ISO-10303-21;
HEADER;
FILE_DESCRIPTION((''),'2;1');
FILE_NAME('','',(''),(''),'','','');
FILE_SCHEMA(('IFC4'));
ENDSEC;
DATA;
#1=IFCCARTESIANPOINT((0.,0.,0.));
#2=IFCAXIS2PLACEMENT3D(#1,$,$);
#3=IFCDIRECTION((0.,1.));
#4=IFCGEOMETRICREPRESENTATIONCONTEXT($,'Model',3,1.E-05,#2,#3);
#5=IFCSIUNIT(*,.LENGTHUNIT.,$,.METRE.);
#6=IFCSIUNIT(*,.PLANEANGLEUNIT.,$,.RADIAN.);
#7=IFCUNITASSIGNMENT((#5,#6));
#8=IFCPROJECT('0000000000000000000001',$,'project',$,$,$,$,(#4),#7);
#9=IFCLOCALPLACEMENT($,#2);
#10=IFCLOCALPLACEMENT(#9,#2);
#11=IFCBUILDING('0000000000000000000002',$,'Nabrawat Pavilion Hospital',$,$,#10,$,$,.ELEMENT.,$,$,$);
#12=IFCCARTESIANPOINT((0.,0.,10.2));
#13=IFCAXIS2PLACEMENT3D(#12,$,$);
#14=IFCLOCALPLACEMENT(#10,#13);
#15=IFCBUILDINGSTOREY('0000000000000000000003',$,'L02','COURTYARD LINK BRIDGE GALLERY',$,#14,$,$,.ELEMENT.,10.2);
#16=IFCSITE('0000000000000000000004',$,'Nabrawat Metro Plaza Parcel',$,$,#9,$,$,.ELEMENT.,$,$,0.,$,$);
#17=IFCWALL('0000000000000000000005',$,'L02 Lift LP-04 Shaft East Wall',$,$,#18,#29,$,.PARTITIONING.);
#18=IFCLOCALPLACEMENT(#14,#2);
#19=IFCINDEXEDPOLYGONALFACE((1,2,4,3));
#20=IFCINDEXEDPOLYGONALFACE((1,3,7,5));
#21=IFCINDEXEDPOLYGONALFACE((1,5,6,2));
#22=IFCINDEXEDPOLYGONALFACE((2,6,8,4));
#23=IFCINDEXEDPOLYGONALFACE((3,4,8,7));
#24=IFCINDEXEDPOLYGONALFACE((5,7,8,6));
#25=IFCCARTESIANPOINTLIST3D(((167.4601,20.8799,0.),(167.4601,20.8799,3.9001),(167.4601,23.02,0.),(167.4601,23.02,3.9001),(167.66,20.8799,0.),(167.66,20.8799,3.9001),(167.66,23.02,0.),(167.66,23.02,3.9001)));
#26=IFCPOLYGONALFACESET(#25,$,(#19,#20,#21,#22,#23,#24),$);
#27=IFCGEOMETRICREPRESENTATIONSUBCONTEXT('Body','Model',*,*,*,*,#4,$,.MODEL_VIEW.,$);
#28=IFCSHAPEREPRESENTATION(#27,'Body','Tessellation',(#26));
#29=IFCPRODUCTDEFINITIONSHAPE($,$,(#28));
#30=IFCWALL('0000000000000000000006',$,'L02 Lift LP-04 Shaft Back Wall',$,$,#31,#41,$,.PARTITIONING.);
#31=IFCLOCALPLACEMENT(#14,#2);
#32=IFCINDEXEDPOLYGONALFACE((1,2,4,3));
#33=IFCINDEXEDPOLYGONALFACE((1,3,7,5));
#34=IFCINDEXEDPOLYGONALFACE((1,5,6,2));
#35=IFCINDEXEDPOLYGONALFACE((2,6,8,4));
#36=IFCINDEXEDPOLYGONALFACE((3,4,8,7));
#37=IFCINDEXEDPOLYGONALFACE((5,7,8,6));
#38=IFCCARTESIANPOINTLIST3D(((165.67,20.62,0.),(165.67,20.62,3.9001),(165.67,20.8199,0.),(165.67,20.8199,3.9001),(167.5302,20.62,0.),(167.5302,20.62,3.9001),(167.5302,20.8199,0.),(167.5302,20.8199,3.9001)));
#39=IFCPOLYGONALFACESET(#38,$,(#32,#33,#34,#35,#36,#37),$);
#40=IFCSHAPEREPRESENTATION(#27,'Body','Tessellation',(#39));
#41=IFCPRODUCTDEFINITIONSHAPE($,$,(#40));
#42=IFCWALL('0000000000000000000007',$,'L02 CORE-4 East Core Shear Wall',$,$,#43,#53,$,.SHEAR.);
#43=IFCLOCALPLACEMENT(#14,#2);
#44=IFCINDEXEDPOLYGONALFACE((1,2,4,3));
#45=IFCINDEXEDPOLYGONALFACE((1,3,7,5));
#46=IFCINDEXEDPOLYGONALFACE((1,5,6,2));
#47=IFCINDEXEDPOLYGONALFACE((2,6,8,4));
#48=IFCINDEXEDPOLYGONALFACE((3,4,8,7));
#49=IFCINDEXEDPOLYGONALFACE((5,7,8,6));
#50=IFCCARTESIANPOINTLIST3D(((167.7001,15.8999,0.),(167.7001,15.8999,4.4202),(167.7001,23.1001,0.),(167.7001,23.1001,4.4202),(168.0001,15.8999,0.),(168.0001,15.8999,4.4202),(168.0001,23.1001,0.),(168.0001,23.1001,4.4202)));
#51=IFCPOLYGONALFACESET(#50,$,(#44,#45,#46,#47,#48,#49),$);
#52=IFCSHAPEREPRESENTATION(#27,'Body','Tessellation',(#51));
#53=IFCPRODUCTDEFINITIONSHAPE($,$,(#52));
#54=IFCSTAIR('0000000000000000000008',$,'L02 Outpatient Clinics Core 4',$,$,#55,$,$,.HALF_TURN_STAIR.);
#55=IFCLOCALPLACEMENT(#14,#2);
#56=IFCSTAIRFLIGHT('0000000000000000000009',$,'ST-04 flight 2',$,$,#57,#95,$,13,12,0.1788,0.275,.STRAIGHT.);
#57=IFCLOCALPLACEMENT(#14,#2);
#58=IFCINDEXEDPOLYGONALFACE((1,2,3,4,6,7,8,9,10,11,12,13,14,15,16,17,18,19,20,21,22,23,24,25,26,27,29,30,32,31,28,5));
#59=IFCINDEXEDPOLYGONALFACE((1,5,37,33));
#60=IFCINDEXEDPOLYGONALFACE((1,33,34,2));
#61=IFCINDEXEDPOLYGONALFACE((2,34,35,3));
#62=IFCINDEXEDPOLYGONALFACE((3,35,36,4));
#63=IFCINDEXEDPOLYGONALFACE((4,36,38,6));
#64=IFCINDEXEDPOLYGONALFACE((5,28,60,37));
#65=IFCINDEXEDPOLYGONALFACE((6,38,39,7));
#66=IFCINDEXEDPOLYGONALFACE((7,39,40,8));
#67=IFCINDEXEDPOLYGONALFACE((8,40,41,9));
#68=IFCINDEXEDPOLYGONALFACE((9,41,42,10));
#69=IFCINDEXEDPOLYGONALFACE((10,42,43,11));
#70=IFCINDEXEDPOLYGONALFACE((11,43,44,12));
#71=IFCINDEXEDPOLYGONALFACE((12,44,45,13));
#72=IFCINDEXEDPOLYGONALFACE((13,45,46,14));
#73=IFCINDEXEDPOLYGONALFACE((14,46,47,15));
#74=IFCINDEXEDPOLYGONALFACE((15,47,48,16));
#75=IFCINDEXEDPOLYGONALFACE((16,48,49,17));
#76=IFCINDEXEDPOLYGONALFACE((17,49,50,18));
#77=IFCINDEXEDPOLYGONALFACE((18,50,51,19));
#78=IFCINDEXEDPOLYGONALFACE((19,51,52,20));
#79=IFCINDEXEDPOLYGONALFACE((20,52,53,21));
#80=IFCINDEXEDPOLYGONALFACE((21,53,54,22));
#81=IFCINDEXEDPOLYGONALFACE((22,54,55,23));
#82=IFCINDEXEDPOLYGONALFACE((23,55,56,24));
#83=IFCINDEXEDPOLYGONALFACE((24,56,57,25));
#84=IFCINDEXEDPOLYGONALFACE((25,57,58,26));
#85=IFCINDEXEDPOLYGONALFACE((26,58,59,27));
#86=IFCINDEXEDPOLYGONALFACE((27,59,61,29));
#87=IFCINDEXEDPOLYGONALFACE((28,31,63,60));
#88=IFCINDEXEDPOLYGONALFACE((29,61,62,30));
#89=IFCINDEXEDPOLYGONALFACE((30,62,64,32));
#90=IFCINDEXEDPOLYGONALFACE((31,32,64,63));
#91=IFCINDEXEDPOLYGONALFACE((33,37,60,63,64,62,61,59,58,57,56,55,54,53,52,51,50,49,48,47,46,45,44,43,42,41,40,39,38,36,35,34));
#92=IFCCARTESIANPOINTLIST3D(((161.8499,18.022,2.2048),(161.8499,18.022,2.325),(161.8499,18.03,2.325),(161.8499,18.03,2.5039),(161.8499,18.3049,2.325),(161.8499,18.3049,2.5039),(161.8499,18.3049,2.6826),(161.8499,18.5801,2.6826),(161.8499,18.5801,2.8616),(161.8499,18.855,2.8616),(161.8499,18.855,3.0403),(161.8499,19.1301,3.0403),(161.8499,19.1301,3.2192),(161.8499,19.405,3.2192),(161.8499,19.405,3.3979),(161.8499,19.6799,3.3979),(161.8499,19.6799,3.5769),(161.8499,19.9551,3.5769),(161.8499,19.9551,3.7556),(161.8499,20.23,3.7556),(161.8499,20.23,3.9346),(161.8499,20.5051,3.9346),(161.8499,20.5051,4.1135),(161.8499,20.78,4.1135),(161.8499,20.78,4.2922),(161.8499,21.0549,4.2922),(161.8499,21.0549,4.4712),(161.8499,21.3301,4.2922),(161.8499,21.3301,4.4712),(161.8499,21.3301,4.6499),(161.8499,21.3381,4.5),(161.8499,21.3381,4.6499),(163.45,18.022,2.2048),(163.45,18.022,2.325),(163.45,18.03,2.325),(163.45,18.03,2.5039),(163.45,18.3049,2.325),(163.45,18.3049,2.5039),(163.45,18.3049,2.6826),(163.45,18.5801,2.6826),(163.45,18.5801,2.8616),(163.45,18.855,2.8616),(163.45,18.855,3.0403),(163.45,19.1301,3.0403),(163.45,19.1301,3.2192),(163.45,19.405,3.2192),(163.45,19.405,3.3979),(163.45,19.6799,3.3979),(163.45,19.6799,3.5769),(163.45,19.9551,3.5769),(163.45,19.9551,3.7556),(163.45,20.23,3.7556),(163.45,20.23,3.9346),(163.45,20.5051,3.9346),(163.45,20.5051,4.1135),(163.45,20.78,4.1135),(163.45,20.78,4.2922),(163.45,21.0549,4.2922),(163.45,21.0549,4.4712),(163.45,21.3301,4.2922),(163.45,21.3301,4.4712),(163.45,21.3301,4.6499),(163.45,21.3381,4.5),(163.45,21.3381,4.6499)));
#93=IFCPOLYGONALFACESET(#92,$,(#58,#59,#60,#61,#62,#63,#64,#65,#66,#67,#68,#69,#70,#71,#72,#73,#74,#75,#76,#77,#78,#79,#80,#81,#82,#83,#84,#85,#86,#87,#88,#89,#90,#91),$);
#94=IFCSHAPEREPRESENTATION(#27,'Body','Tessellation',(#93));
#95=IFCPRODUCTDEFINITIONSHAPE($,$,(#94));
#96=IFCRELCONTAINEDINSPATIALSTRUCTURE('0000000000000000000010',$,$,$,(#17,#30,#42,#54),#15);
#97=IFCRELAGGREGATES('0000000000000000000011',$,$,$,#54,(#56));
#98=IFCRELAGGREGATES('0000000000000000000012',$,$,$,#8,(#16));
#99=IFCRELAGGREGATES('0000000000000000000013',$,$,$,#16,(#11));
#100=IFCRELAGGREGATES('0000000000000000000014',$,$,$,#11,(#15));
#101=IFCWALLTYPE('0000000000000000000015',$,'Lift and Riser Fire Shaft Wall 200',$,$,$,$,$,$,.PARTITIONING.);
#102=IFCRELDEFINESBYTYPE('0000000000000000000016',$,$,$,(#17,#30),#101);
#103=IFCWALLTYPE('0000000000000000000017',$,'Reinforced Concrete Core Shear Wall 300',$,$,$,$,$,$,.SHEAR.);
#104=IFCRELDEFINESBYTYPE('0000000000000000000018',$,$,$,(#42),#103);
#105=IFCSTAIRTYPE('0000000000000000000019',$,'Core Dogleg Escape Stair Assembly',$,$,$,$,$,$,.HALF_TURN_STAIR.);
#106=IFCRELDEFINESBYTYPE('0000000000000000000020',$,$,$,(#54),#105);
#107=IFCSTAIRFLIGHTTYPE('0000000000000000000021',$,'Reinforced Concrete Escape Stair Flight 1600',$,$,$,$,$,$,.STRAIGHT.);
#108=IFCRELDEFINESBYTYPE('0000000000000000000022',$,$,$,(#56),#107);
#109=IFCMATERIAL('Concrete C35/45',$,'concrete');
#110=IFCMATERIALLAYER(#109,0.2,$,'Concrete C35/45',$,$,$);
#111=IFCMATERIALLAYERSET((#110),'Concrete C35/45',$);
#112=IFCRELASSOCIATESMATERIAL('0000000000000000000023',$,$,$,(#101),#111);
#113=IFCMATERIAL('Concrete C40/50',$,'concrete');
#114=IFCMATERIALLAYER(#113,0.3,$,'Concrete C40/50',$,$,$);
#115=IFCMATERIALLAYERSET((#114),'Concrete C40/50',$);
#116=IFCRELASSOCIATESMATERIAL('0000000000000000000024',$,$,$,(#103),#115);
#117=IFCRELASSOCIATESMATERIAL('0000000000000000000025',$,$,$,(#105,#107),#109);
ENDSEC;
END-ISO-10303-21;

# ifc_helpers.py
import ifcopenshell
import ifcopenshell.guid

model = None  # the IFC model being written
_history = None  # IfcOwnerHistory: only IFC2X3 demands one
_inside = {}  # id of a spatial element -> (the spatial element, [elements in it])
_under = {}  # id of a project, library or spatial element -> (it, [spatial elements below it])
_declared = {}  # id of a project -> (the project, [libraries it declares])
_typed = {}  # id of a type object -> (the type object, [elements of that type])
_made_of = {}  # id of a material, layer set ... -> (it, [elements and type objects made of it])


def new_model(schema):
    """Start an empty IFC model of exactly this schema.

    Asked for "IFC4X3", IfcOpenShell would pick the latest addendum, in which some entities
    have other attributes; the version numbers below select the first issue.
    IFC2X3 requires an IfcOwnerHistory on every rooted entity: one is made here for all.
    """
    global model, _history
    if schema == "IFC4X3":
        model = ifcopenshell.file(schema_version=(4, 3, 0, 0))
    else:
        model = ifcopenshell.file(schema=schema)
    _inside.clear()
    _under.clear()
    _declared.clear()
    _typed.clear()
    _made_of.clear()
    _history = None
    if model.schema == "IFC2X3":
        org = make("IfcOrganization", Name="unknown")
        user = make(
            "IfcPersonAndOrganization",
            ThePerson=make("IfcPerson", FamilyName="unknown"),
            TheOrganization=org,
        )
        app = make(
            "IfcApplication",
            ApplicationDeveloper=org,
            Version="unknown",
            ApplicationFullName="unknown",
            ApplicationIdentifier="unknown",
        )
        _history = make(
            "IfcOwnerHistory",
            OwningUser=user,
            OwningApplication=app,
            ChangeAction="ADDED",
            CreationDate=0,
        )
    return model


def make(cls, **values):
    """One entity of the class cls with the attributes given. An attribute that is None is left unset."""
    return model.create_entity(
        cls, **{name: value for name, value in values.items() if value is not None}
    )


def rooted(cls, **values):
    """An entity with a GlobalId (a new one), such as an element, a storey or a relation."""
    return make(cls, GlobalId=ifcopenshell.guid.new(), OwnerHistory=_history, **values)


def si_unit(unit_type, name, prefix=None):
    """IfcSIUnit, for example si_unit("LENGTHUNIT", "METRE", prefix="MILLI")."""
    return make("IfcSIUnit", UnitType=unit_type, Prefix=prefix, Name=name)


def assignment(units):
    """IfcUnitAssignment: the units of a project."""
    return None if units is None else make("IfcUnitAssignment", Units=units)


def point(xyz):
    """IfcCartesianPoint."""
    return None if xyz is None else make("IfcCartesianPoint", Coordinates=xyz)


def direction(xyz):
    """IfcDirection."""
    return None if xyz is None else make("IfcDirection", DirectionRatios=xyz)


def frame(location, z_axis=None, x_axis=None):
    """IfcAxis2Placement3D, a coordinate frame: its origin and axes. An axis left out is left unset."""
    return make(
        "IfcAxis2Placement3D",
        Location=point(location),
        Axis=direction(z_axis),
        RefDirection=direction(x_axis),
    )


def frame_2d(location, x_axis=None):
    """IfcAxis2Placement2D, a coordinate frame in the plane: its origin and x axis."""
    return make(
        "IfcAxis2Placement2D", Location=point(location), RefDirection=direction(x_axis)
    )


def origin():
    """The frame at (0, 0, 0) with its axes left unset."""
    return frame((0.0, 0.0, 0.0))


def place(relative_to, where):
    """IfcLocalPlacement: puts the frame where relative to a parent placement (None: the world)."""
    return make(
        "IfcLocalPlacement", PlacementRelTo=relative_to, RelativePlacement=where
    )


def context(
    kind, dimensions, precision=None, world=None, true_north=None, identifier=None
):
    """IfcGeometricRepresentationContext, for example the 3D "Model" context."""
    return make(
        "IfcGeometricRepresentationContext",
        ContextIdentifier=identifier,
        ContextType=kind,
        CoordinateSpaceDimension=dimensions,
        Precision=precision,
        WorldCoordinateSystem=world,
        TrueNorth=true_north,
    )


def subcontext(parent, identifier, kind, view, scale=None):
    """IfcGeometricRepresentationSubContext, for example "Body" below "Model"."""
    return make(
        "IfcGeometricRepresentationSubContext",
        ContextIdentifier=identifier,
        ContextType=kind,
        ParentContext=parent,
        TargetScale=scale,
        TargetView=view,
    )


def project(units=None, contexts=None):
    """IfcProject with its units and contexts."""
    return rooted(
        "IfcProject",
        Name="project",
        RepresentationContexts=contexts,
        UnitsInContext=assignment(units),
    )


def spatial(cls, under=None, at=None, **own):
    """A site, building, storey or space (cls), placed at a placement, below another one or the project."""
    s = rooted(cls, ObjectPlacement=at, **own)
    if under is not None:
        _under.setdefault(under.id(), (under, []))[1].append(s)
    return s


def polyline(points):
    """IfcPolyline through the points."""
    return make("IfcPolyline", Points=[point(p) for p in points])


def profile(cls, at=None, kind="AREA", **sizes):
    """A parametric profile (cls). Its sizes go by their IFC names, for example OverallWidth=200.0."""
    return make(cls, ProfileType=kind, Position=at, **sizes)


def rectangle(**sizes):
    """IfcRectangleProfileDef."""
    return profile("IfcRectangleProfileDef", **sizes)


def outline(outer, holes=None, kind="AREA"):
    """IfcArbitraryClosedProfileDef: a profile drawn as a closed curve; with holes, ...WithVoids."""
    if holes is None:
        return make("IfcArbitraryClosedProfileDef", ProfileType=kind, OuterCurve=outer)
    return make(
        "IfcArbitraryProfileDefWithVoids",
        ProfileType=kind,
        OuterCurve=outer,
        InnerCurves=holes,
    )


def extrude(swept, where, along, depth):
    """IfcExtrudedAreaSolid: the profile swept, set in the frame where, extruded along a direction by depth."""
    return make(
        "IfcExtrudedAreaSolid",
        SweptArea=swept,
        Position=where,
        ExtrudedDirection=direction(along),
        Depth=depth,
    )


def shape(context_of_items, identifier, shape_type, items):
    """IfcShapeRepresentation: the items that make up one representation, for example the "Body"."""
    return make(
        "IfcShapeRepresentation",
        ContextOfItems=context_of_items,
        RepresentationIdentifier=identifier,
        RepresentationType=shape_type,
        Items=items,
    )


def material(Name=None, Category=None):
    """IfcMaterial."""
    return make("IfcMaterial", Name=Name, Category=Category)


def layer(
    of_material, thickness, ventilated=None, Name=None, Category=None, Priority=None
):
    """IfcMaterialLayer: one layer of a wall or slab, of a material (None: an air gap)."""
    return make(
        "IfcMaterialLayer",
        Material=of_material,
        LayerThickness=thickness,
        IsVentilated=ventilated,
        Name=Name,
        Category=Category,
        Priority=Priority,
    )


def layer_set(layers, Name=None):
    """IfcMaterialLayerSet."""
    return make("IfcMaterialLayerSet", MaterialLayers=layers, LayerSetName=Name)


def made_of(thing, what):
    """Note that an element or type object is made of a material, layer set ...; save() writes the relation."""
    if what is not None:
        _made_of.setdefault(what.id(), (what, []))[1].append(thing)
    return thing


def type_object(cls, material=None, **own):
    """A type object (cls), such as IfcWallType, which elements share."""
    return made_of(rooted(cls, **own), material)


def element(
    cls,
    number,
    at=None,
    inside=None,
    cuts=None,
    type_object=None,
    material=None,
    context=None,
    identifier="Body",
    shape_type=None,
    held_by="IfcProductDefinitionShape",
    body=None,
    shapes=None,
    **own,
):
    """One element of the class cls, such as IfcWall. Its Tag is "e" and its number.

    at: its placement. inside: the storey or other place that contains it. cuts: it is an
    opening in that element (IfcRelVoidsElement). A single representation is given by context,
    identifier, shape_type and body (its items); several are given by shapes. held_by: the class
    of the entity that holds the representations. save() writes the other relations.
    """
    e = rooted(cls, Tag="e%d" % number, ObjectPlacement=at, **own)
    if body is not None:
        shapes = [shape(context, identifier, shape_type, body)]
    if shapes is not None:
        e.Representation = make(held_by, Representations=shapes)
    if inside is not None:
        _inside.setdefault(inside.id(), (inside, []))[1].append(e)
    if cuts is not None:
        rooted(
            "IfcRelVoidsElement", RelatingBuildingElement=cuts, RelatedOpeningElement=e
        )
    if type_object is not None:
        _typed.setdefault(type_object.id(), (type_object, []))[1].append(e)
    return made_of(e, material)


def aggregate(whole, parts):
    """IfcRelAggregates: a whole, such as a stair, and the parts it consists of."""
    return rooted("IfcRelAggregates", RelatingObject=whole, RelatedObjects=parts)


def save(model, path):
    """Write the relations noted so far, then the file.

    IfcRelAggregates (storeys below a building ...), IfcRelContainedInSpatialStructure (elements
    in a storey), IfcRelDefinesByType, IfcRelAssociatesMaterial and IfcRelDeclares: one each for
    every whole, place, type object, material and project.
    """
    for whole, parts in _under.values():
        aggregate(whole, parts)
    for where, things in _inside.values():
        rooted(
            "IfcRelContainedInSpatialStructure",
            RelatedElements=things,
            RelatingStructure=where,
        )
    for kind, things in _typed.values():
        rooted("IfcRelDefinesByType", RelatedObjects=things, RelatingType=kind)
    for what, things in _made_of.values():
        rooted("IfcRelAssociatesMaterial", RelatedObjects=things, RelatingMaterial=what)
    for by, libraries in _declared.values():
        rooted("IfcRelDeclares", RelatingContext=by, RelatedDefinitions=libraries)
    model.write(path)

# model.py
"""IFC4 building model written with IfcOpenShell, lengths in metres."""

from ifc_helpers import new_model, si_unit, direction, frame, frame_2d, origin, place, context, subcontext, project, spatial, polyline, rectangle, outline, extrude, material, layer, layer_set, type_object, element, aggregate, save


model = new_model("IFC4")

# Units and contexts
model_context = context("Model", 3, precision=1e-05, world=origin(), true_north=direction((0.0, 1.0)))
body_context = subcontext(model_context, "Body", "Model", "MODEL_VIEW")
ifc_project = project(units=[si_unit("LENGTHUNIT", "METRE"), si_unit("PLANEANGLEUNIT", "RADIAN")], contexts=[model_context])

# Site, building, storey
site_placement = place(None, origin())
site = spatial("IfcSite", under=ifc_project, at=site_placement, Name="Nabrawat Metro Plaza Parcel", CompositionType="ELEMENT", RefElevation=0.0)
building_placement = place(site_placement, origin())
building = spatial("IfcBuilding", under=site, at=building_placement, Name="Nabrawat Pavilion Hospital", CompositionType="ELEMENT")
storey_placement = place(building_placement, frame((0.0, 0.0, 10.2)))
storey = spatial("IfcBuildingStorey", under=building, at=storey_placement, Name="L02", Description="COURTYARD LINK BRIDGE GALLERY", CompositionType="ELEMENT", Elevation=10.2)

# Walls
ifc_material_1 = material(Name="Concrete C35/45", Category="concrete")
ifc_layer_1 = layer(ifc_material_1, 0.2, Name="Concrete C35/45")
ifc_layer_set_1 = layer_set([ifc_layer_1], Name="Concrete C35/45")
wall_type_1 = type_object("IfcWallType", Name="Lift and Riser Fire Shaft Wall 200", PredefinedType="PARTITIONING", material=ifc_layer_set_1)
wall_1_placement = place(storey_placement, frame((167.5601, 20.8799, 0.0), z_axis=(0.0, 0.0, 1.0), x_axis=(0.0, 1.0, 0.0)))
element("IfcWall", 1, at=wall_1_placement, inside=storey, type_object=wall_type_1, Name="L02 Lift LP-04 Shaft East Wall", PredefinedType="PARTITIONING", context=body_context, shape_type="SweptSolid", body=[
    extrude(rectangle(XDim=2.1401, YDim=0.2, at=frame_2d((1.0701, 0.0))), origin(), (0.0, 0.0, 1.0), 3.9001),
])
wall_2_placement = place(storey_placement, frame((165.6699, 20.72, 0.0), z_axis=(0.0, 0.0, 1.0), x_axis=(1.0, 0.0, 0.0)))
element("IfcWall", 2, at=wall_2_placement, inside=storey, type_object=wall_type_1, Name="L02 Lift LP-04 Shaft Back Wall", PredefinedType="PARTITIONING", context=body_context, shape_type="SweptSolid", body=[
    extrude(rectangle(XDim=1.8601, YDim=0.2, at=frame_2d((0.9302, 0.0))), origin(), (0.0, 0.0, 1.0), 3.9001),
])
ifc_material_2 = material(Name="Concrete C40/50", Category="concrete")
ifc_layer_2 = layer(ifc_material_2, 0.3, Name="Concrete C40/50")
ifc_layer_set_2 = layer_set([ifc_layer_2], Name="Concrete C40/50")
wall_type_2 = type_object("IfcWallType", Name="Reinforced Concrete Core Shear Wall 300", PredefinedType="SHEAR", material=ifc_layer_set_2)
wall_3_placement = place(storey_placement, frame((167.8501, 15.8999, 0.0), z_axis=(0.0, 0.0, 1.0), x_axis=(0.0, 1.0, 0.0)))
element("IfcWall", 3, at=wall_3_placement, inside=storey, type_object=wall_type_2, Name="L02 CORE-4 East Core Shear Wall", PredefinedType="SHEAR", context=body_context, shape_type="SweptSolid", body=[
    extrude(rectangle(XDim=7.2002, YDim=0.3, at=frame_2d((3.6001, 0.0))), origin(), (0.0, 0.0, 1.0), 4.4202),
])

# Stair, stair flight
stair_type = type_object("IfcStairType", Name="Core Dogleg Escape Stair Assembly", PredefinedType="HALF_TURN_STAIR", material=ifc_material_1)
stair_placement = place(storey_placement, origin())
stair = element("IfcStair", 4, at=stair_placement, inside=storey, type_object=stair_type, Name="L02 Outpatient Clinics Core 4", PredefinedType="HALF_TURN_STAIR")
stair_flight_type = type_object("IfcStairFlightType", Name="Reinforced Concrete Escape Stair Flight 1600", PredefinedType="STRAIGHT", material=ifc_material_1)
stair_flight_placement = place(storey_placement, frame((162.6499, 18.03, 2.325), z_axis=(0.0, 0.0, 1.0), x_axis=(0.0, 1.0, 0.0)))
stair_flight = element("IfcStairFlight", 5, at=stair_flight_placement, type_object=stair_flight_type, Name="ST-04 flight 2", NumberOfRisers=13, NumberOfTreads=12, PredefinedType="STRAIGHT", RiserHeight=0.1788, TreadLength=0.275, context=body_context, shape_type="SweptSolid", body=[
    extrude(outline(polyline([(-0.0081, 0.0), (0.0, 0.0), (0.0, 0.179), (0.2749, 0.179), (0.2749, 0.3577), (0.55, 0.3577), (0.55, 0.5366), (0.825, 0.5366), (0.825, 0.7153), (1.1001, 0.7153), (1.1001, 0.8943), (1.375, 0.8943), (1.375, 1.073), (1.6499, 1.073), (1.6499, 1.252), (1.925, 1.252), (1.925, 1.4307), (2.2, 1.4307), (2.2, 1.6096), (2.4751, 1.6096), (2.4751, 1.7886), (2.75, 1.7886), (2.75, 1.9673), (3.0249, 1.9673), (3.0249, 2.1462), (3.3, 2.1462), (3.3, 2.325), (3.3081, 2.325), (3.3081, 2.175), (3.3, 1.9673), (0.2749, 0.0), (-0.0081, -0.1201), (-0.0081, 0.0)])), frame((0.0, 0.8, 0.0), z_axis=(0.0, -1.0, 0.0), x_axis=(1.0, 0.0, 0.0)), (0.0, 0.0, 1.0), 1.6001),
])
aggregate(stair, [stair_flight])

save(model, "model.ifc")
